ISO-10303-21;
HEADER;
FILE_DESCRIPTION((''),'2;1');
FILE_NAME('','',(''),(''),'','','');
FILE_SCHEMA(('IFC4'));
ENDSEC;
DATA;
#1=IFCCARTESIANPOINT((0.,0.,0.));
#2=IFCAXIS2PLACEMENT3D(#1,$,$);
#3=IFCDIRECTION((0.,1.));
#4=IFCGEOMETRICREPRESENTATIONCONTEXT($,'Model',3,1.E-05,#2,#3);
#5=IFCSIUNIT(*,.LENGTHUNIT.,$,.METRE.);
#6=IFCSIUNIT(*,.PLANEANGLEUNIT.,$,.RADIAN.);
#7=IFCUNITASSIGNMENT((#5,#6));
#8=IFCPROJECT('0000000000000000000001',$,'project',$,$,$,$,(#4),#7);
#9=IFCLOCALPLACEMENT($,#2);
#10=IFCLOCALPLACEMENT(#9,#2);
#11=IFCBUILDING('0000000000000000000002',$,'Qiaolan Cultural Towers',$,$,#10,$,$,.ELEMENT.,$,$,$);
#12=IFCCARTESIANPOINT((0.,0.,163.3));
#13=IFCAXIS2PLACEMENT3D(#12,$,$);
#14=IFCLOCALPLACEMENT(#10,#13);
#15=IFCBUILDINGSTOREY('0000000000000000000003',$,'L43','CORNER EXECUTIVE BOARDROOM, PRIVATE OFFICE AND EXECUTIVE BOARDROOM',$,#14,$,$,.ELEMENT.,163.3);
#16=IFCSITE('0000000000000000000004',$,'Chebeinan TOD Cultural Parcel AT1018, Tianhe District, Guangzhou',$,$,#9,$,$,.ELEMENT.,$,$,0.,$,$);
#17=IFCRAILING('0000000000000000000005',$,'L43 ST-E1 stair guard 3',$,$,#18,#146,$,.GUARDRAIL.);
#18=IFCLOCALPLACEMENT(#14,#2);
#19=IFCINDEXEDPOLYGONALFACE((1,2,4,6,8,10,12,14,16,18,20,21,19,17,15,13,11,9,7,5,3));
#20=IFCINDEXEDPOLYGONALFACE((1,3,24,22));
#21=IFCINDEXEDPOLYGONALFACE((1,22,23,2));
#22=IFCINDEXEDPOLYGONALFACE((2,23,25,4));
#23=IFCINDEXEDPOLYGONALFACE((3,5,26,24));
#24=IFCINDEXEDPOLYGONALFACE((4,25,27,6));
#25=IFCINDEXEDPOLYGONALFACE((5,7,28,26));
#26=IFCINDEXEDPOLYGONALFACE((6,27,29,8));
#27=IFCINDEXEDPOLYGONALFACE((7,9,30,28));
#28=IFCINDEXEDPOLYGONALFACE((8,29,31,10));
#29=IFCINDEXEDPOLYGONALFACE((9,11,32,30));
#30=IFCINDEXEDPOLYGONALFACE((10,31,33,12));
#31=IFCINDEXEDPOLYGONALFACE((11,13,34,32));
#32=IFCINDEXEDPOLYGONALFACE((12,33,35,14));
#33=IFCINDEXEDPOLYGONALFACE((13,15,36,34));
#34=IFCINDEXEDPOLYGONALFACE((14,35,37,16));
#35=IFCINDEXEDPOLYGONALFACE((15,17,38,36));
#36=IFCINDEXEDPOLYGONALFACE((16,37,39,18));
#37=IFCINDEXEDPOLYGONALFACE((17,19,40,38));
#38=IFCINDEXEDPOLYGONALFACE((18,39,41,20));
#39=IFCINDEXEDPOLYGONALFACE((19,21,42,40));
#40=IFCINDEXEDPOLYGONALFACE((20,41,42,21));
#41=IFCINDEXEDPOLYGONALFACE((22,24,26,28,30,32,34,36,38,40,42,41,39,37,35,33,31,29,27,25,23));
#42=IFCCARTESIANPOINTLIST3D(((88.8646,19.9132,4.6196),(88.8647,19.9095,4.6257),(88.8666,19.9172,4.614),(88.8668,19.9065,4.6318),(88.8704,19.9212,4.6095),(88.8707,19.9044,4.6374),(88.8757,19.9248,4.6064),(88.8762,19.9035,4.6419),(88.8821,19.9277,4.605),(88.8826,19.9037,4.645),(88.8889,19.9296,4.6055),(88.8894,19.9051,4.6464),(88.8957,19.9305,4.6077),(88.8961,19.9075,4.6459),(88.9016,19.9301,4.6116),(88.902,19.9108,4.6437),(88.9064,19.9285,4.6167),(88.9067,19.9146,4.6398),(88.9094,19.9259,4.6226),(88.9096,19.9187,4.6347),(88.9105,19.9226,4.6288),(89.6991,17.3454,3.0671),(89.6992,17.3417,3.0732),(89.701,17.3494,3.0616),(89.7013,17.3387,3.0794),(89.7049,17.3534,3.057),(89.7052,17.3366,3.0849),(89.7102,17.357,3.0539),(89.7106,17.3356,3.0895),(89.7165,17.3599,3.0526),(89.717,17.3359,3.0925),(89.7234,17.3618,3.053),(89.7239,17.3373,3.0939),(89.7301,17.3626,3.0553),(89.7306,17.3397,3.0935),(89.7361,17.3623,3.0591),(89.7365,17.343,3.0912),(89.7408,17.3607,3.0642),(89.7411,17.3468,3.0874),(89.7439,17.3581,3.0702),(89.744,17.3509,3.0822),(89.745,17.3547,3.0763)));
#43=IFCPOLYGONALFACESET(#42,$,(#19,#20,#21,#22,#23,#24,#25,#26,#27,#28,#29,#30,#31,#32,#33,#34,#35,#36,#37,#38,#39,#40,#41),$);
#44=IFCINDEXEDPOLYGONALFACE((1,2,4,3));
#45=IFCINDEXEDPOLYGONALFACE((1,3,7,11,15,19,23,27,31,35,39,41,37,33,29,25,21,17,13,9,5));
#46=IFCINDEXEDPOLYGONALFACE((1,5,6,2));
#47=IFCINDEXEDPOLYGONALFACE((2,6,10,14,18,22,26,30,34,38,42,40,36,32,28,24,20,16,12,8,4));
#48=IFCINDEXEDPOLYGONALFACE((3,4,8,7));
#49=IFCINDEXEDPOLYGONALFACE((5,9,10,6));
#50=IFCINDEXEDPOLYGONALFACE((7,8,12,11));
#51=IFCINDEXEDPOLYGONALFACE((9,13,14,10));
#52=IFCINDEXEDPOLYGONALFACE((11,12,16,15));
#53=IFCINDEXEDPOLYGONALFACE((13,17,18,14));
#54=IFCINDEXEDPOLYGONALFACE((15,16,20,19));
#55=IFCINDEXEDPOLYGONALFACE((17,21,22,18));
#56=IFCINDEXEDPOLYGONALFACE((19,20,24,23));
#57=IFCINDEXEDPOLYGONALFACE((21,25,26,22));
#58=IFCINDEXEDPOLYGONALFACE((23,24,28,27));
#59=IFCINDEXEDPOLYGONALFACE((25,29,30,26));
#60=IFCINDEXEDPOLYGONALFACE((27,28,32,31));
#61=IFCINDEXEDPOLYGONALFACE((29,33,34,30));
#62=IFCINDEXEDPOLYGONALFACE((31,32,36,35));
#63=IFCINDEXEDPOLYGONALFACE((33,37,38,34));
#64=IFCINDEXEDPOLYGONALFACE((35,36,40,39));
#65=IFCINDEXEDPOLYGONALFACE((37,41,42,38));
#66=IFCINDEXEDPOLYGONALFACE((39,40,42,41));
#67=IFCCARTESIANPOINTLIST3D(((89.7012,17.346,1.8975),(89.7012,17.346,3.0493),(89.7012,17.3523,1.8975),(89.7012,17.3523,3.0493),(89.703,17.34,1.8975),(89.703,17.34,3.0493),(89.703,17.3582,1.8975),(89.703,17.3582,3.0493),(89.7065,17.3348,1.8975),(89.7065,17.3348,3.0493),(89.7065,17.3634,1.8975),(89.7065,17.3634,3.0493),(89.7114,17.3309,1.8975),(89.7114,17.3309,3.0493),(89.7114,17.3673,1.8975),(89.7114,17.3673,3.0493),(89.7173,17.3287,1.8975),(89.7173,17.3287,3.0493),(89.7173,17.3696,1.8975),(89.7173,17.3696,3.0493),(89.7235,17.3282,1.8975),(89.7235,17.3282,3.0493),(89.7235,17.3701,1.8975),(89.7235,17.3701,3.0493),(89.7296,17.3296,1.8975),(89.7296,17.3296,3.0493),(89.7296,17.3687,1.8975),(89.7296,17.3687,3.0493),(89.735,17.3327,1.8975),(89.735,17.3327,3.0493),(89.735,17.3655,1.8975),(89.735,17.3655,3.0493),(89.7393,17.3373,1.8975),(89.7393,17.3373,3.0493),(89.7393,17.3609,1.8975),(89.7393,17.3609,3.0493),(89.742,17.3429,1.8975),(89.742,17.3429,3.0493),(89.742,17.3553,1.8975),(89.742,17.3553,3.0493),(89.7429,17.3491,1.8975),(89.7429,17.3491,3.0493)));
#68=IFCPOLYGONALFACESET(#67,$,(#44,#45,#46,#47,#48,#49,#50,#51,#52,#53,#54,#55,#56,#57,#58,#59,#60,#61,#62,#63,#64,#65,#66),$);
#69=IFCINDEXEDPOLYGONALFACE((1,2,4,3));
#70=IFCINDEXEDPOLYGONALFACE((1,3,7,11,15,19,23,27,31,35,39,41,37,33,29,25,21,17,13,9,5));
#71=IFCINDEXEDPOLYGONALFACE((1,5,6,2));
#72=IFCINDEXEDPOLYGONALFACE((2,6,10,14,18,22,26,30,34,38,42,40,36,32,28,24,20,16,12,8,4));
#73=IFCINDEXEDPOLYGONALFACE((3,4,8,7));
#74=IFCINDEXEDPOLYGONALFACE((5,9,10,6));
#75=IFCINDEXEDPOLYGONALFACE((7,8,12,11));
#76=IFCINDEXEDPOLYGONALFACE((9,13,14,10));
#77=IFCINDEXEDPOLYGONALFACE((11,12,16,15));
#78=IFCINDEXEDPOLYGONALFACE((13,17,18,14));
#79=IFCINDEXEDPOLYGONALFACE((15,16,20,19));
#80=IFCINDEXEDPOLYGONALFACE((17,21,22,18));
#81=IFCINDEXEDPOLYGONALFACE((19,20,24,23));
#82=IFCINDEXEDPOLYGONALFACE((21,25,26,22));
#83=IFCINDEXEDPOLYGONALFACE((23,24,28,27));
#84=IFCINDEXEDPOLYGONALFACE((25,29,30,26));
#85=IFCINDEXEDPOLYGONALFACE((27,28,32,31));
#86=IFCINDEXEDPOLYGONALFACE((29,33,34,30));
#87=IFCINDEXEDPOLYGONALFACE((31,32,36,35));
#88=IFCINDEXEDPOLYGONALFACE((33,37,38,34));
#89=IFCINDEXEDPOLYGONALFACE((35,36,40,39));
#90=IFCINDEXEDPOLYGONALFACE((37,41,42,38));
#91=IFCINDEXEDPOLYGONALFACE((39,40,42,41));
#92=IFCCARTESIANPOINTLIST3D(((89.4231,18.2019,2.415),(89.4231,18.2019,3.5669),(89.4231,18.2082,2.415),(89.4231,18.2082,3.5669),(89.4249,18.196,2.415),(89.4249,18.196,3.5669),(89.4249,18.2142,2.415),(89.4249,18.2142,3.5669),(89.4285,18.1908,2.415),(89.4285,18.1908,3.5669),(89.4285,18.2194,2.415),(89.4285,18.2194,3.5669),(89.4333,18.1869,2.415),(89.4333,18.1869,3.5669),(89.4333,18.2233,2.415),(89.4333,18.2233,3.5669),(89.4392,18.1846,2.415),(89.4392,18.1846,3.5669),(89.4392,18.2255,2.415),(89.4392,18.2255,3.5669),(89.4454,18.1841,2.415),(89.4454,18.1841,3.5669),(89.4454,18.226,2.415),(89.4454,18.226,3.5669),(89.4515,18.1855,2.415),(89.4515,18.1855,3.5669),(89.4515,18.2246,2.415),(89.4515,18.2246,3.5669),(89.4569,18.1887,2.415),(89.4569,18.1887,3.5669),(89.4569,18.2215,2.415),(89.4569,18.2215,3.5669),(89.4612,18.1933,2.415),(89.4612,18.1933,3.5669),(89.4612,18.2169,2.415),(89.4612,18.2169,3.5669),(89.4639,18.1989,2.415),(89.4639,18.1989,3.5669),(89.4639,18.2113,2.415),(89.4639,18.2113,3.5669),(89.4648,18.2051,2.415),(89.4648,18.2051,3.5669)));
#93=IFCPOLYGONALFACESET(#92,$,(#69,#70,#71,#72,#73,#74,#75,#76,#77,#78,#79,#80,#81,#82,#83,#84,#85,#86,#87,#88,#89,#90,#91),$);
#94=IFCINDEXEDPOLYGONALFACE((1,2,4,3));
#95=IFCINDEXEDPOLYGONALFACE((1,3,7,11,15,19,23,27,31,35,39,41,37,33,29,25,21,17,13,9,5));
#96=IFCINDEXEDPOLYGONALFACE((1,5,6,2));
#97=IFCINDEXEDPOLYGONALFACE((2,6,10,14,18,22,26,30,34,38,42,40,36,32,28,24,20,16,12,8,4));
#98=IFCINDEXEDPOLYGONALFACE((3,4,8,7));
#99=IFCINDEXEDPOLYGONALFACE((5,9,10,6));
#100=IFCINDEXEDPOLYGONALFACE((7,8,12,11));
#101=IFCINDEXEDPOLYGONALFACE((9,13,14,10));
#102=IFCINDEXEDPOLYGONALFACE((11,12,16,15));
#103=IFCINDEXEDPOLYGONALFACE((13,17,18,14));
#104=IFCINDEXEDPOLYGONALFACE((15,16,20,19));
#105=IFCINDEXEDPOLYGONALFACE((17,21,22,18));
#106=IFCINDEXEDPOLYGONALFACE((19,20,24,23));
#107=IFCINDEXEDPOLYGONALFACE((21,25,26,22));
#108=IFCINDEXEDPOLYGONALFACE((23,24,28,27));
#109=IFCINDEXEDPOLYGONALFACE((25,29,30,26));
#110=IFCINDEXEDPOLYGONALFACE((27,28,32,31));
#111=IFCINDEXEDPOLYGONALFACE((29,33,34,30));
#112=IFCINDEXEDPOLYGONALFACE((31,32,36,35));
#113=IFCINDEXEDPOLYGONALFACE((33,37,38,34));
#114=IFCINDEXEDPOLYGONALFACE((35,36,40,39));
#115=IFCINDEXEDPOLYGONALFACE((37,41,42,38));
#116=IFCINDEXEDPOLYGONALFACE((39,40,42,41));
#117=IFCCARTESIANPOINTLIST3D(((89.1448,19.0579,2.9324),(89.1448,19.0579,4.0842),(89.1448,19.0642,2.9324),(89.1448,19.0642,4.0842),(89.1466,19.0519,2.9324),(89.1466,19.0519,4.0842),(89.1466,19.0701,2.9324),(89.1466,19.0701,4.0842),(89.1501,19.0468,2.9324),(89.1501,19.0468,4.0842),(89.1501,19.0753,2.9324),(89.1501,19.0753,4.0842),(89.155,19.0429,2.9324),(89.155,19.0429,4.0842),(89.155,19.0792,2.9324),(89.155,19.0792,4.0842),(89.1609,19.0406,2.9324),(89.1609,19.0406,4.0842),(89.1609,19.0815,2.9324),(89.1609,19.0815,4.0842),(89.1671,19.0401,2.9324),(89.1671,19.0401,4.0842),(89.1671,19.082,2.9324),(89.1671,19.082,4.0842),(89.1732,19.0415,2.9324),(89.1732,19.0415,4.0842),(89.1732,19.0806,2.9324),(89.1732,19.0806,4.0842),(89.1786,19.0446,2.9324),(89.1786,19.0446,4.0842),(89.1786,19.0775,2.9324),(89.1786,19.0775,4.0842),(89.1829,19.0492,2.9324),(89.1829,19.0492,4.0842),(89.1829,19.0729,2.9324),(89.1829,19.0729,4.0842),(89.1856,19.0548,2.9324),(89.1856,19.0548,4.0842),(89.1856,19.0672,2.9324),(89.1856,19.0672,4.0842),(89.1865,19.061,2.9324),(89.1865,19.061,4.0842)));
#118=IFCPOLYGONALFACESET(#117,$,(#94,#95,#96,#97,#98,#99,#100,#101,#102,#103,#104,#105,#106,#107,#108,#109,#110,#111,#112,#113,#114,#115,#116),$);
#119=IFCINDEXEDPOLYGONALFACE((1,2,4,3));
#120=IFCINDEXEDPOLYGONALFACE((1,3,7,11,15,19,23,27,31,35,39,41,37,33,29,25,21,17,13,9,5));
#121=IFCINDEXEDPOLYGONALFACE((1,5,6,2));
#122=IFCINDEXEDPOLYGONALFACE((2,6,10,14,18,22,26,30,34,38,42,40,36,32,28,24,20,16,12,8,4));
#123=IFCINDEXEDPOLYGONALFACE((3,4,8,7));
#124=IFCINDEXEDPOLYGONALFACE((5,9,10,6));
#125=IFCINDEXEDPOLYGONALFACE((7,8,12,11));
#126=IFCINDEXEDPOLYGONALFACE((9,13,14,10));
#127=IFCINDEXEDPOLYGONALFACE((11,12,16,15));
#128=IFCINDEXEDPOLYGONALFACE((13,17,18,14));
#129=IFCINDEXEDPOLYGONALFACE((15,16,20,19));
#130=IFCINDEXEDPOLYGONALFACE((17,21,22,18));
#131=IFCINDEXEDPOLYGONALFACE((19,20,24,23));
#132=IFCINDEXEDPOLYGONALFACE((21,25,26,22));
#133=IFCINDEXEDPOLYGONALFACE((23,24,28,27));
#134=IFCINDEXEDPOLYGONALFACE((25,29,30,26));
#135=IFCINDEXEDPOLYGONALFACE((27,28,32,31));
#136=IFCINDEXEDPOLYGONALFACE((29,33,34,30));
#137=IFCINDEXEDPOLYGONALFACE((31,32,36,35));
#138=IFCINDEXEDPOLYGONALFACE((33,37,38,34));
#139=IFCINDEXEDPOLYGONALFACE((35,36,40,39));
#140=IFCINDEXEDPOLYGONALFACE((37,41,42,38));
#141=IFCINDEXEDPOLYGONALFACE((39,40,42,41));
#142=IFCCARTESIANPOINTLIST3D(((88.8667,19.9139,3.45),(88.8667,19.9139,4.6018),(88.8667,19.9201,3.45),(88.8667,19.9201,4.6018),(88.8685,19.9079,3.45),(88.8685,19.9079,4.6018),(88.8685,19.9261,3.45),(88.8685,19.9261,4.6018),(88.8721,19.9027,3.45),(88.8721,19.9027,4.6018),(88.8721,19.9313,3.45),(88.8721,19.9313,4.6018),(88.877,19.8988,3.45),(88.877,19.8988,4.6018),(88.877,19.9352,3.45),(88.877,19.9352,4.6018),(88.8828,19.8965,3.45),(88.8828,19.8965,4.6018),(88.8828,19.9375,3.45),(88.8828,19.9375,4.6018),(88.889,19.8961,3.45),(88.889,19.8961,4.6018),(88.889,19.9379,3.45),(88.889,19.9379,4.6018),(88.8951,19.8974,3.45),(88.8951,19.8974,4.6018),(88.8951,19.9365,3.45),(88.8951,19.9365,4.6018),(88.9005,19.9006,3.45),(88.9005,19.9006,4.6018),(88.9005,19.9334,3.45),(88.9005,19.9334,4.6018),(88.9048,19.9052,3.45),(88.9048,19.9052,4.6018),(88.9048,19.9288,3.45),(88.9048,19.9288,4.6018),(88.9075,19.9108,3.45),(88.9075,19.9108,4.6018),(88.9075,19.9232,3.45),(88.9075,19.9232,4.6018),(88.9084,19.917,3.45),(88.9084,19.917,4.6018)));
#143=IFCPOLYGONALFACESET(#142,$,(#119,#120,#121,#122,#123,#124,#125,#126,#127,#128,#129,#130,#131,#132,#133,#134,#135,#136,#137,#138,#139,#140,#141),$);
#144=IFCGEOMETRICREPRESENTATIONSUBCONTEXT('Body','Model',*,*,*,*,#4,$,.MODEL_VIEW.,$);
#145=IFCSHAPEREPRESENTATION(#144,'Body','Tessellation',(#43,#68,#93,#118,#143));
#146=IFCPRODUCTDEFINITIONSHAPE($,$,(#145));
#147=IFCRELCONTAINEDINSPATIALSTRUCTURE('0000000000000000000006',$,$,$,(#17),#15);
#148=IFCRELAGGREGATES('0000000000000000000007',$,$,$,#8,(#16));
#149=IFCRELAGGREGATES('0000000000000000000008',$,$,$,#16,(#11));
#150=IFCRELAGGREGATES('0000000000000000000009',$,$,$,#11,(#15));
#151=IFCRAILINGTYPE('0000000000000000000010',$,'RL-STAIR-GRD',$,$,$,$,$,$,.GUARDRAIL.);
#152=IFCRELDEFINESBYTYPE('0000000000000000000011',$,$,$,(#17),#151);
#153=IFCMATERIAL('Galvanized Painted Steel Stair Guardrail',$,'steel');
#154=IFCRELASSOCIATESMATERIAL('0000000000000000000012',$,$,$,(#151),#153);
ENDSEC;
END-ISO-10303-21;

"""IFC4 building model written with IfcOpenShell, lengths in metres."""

from ifc_helpers import new_model, si_unit, direction, frame, origin, origin_2d, place, context, subcontext, project, spatial, circle, extrude, material, type_object, element, save


model = new_model("IFC4")

# Units and contexts
model_context = context("Model", 3, precision=1e-05, world=origin(), true_north=direction((0.0, 1.0)))
body_context = subcontext(model_context, "Body", "Model", "MODEL_VIEW")
ifc_project = project(units=[si_unit("LENGTHUNIT", "METRE"), si_unit("PLANEANGLEUNIT", "RADIAN")], contexts=[model_context])

# Site, building, storey
site_placement = place(None, origin())
site = spatial("IfcSite", under=ifc_project, at=site_placement, Name="Chebeinan TOD Cultural Parcel AT1018, Tianhe District, Guangzhou", CompositionType="ELEMENT", RefElevation=0.0)
building_placement = place(site_placement, origin())
building = spatial("IfcBuilding", under=site, at=building_placement, Name="Qiaolan Cultural Towers", CompositionType="ELEMENT")
storey_placement = place(building_placement, frame((0.0, 0.0, 163.3)))
storey = spatial("IfcBuildingStorey", under=building, at=storey_placement, Name="L43", Description="CORNER EXECUTIVE BOARDROOM, PRIVATE OFFICE AND EXECUTIVE BOARDROOM", CompositionType="ELEMENT", Elevation=163.3)

# Railing
ifc_material_1 = material(Name="Galvanized Painted Steel Stair Guardrail", Category="steel")
railing_type_1 = type_object("IfcRailingType", Name="RL-STAIR-GRD", PredefinedType="GUARDRAIL", material=ifc_material_1)
railing_1_placement = place(storey_placement, frame((89.7219, 17.3491, 1.8975)))
element("IfcRailing", 1, at=railing_1_placement, inside=storey, type_object=railing_type_1, Name="L43 ST-E1 stair guard 3", PredefinedType="GUARDRAIL", context=body_context, shape_type="SweptSolid", body=[
    extrude(circle(Radius=0.0239, at=origin_2d()), frame((0.0, 0.0, 1.1758), z_axis=(-0.267926, 0.824471, 0.498461), x_axis=(-0.951043, -0.309057, 0.0)), (0.0, 0.0, 1.0), 3.1145),
    extrude(circle(Radius=0.021, at=origin_2d()), origin(), (0.0, 0.0, 1.0), 1.1519),
    extrude(circle(Radius=0.021, at=origin_2d()), frame((-0.2781, 0.856, 0.5176)), (0.0, 0.0, 1.0), 1.1519),
    extrude(circle(Radius=0.021, at=origin_2d()), frame((-0.5564, 1.7119, 1.0349)), (0.0, 0.0, 1.0), 1.1519),
    extrude(circle(Radius=0.021, at=origin_2d()), frame((-0.8345, 2.5679, 1.5525)), (0.0, 0.0, 1.0), 1.1519),
])

save(model, "model.ifc")
